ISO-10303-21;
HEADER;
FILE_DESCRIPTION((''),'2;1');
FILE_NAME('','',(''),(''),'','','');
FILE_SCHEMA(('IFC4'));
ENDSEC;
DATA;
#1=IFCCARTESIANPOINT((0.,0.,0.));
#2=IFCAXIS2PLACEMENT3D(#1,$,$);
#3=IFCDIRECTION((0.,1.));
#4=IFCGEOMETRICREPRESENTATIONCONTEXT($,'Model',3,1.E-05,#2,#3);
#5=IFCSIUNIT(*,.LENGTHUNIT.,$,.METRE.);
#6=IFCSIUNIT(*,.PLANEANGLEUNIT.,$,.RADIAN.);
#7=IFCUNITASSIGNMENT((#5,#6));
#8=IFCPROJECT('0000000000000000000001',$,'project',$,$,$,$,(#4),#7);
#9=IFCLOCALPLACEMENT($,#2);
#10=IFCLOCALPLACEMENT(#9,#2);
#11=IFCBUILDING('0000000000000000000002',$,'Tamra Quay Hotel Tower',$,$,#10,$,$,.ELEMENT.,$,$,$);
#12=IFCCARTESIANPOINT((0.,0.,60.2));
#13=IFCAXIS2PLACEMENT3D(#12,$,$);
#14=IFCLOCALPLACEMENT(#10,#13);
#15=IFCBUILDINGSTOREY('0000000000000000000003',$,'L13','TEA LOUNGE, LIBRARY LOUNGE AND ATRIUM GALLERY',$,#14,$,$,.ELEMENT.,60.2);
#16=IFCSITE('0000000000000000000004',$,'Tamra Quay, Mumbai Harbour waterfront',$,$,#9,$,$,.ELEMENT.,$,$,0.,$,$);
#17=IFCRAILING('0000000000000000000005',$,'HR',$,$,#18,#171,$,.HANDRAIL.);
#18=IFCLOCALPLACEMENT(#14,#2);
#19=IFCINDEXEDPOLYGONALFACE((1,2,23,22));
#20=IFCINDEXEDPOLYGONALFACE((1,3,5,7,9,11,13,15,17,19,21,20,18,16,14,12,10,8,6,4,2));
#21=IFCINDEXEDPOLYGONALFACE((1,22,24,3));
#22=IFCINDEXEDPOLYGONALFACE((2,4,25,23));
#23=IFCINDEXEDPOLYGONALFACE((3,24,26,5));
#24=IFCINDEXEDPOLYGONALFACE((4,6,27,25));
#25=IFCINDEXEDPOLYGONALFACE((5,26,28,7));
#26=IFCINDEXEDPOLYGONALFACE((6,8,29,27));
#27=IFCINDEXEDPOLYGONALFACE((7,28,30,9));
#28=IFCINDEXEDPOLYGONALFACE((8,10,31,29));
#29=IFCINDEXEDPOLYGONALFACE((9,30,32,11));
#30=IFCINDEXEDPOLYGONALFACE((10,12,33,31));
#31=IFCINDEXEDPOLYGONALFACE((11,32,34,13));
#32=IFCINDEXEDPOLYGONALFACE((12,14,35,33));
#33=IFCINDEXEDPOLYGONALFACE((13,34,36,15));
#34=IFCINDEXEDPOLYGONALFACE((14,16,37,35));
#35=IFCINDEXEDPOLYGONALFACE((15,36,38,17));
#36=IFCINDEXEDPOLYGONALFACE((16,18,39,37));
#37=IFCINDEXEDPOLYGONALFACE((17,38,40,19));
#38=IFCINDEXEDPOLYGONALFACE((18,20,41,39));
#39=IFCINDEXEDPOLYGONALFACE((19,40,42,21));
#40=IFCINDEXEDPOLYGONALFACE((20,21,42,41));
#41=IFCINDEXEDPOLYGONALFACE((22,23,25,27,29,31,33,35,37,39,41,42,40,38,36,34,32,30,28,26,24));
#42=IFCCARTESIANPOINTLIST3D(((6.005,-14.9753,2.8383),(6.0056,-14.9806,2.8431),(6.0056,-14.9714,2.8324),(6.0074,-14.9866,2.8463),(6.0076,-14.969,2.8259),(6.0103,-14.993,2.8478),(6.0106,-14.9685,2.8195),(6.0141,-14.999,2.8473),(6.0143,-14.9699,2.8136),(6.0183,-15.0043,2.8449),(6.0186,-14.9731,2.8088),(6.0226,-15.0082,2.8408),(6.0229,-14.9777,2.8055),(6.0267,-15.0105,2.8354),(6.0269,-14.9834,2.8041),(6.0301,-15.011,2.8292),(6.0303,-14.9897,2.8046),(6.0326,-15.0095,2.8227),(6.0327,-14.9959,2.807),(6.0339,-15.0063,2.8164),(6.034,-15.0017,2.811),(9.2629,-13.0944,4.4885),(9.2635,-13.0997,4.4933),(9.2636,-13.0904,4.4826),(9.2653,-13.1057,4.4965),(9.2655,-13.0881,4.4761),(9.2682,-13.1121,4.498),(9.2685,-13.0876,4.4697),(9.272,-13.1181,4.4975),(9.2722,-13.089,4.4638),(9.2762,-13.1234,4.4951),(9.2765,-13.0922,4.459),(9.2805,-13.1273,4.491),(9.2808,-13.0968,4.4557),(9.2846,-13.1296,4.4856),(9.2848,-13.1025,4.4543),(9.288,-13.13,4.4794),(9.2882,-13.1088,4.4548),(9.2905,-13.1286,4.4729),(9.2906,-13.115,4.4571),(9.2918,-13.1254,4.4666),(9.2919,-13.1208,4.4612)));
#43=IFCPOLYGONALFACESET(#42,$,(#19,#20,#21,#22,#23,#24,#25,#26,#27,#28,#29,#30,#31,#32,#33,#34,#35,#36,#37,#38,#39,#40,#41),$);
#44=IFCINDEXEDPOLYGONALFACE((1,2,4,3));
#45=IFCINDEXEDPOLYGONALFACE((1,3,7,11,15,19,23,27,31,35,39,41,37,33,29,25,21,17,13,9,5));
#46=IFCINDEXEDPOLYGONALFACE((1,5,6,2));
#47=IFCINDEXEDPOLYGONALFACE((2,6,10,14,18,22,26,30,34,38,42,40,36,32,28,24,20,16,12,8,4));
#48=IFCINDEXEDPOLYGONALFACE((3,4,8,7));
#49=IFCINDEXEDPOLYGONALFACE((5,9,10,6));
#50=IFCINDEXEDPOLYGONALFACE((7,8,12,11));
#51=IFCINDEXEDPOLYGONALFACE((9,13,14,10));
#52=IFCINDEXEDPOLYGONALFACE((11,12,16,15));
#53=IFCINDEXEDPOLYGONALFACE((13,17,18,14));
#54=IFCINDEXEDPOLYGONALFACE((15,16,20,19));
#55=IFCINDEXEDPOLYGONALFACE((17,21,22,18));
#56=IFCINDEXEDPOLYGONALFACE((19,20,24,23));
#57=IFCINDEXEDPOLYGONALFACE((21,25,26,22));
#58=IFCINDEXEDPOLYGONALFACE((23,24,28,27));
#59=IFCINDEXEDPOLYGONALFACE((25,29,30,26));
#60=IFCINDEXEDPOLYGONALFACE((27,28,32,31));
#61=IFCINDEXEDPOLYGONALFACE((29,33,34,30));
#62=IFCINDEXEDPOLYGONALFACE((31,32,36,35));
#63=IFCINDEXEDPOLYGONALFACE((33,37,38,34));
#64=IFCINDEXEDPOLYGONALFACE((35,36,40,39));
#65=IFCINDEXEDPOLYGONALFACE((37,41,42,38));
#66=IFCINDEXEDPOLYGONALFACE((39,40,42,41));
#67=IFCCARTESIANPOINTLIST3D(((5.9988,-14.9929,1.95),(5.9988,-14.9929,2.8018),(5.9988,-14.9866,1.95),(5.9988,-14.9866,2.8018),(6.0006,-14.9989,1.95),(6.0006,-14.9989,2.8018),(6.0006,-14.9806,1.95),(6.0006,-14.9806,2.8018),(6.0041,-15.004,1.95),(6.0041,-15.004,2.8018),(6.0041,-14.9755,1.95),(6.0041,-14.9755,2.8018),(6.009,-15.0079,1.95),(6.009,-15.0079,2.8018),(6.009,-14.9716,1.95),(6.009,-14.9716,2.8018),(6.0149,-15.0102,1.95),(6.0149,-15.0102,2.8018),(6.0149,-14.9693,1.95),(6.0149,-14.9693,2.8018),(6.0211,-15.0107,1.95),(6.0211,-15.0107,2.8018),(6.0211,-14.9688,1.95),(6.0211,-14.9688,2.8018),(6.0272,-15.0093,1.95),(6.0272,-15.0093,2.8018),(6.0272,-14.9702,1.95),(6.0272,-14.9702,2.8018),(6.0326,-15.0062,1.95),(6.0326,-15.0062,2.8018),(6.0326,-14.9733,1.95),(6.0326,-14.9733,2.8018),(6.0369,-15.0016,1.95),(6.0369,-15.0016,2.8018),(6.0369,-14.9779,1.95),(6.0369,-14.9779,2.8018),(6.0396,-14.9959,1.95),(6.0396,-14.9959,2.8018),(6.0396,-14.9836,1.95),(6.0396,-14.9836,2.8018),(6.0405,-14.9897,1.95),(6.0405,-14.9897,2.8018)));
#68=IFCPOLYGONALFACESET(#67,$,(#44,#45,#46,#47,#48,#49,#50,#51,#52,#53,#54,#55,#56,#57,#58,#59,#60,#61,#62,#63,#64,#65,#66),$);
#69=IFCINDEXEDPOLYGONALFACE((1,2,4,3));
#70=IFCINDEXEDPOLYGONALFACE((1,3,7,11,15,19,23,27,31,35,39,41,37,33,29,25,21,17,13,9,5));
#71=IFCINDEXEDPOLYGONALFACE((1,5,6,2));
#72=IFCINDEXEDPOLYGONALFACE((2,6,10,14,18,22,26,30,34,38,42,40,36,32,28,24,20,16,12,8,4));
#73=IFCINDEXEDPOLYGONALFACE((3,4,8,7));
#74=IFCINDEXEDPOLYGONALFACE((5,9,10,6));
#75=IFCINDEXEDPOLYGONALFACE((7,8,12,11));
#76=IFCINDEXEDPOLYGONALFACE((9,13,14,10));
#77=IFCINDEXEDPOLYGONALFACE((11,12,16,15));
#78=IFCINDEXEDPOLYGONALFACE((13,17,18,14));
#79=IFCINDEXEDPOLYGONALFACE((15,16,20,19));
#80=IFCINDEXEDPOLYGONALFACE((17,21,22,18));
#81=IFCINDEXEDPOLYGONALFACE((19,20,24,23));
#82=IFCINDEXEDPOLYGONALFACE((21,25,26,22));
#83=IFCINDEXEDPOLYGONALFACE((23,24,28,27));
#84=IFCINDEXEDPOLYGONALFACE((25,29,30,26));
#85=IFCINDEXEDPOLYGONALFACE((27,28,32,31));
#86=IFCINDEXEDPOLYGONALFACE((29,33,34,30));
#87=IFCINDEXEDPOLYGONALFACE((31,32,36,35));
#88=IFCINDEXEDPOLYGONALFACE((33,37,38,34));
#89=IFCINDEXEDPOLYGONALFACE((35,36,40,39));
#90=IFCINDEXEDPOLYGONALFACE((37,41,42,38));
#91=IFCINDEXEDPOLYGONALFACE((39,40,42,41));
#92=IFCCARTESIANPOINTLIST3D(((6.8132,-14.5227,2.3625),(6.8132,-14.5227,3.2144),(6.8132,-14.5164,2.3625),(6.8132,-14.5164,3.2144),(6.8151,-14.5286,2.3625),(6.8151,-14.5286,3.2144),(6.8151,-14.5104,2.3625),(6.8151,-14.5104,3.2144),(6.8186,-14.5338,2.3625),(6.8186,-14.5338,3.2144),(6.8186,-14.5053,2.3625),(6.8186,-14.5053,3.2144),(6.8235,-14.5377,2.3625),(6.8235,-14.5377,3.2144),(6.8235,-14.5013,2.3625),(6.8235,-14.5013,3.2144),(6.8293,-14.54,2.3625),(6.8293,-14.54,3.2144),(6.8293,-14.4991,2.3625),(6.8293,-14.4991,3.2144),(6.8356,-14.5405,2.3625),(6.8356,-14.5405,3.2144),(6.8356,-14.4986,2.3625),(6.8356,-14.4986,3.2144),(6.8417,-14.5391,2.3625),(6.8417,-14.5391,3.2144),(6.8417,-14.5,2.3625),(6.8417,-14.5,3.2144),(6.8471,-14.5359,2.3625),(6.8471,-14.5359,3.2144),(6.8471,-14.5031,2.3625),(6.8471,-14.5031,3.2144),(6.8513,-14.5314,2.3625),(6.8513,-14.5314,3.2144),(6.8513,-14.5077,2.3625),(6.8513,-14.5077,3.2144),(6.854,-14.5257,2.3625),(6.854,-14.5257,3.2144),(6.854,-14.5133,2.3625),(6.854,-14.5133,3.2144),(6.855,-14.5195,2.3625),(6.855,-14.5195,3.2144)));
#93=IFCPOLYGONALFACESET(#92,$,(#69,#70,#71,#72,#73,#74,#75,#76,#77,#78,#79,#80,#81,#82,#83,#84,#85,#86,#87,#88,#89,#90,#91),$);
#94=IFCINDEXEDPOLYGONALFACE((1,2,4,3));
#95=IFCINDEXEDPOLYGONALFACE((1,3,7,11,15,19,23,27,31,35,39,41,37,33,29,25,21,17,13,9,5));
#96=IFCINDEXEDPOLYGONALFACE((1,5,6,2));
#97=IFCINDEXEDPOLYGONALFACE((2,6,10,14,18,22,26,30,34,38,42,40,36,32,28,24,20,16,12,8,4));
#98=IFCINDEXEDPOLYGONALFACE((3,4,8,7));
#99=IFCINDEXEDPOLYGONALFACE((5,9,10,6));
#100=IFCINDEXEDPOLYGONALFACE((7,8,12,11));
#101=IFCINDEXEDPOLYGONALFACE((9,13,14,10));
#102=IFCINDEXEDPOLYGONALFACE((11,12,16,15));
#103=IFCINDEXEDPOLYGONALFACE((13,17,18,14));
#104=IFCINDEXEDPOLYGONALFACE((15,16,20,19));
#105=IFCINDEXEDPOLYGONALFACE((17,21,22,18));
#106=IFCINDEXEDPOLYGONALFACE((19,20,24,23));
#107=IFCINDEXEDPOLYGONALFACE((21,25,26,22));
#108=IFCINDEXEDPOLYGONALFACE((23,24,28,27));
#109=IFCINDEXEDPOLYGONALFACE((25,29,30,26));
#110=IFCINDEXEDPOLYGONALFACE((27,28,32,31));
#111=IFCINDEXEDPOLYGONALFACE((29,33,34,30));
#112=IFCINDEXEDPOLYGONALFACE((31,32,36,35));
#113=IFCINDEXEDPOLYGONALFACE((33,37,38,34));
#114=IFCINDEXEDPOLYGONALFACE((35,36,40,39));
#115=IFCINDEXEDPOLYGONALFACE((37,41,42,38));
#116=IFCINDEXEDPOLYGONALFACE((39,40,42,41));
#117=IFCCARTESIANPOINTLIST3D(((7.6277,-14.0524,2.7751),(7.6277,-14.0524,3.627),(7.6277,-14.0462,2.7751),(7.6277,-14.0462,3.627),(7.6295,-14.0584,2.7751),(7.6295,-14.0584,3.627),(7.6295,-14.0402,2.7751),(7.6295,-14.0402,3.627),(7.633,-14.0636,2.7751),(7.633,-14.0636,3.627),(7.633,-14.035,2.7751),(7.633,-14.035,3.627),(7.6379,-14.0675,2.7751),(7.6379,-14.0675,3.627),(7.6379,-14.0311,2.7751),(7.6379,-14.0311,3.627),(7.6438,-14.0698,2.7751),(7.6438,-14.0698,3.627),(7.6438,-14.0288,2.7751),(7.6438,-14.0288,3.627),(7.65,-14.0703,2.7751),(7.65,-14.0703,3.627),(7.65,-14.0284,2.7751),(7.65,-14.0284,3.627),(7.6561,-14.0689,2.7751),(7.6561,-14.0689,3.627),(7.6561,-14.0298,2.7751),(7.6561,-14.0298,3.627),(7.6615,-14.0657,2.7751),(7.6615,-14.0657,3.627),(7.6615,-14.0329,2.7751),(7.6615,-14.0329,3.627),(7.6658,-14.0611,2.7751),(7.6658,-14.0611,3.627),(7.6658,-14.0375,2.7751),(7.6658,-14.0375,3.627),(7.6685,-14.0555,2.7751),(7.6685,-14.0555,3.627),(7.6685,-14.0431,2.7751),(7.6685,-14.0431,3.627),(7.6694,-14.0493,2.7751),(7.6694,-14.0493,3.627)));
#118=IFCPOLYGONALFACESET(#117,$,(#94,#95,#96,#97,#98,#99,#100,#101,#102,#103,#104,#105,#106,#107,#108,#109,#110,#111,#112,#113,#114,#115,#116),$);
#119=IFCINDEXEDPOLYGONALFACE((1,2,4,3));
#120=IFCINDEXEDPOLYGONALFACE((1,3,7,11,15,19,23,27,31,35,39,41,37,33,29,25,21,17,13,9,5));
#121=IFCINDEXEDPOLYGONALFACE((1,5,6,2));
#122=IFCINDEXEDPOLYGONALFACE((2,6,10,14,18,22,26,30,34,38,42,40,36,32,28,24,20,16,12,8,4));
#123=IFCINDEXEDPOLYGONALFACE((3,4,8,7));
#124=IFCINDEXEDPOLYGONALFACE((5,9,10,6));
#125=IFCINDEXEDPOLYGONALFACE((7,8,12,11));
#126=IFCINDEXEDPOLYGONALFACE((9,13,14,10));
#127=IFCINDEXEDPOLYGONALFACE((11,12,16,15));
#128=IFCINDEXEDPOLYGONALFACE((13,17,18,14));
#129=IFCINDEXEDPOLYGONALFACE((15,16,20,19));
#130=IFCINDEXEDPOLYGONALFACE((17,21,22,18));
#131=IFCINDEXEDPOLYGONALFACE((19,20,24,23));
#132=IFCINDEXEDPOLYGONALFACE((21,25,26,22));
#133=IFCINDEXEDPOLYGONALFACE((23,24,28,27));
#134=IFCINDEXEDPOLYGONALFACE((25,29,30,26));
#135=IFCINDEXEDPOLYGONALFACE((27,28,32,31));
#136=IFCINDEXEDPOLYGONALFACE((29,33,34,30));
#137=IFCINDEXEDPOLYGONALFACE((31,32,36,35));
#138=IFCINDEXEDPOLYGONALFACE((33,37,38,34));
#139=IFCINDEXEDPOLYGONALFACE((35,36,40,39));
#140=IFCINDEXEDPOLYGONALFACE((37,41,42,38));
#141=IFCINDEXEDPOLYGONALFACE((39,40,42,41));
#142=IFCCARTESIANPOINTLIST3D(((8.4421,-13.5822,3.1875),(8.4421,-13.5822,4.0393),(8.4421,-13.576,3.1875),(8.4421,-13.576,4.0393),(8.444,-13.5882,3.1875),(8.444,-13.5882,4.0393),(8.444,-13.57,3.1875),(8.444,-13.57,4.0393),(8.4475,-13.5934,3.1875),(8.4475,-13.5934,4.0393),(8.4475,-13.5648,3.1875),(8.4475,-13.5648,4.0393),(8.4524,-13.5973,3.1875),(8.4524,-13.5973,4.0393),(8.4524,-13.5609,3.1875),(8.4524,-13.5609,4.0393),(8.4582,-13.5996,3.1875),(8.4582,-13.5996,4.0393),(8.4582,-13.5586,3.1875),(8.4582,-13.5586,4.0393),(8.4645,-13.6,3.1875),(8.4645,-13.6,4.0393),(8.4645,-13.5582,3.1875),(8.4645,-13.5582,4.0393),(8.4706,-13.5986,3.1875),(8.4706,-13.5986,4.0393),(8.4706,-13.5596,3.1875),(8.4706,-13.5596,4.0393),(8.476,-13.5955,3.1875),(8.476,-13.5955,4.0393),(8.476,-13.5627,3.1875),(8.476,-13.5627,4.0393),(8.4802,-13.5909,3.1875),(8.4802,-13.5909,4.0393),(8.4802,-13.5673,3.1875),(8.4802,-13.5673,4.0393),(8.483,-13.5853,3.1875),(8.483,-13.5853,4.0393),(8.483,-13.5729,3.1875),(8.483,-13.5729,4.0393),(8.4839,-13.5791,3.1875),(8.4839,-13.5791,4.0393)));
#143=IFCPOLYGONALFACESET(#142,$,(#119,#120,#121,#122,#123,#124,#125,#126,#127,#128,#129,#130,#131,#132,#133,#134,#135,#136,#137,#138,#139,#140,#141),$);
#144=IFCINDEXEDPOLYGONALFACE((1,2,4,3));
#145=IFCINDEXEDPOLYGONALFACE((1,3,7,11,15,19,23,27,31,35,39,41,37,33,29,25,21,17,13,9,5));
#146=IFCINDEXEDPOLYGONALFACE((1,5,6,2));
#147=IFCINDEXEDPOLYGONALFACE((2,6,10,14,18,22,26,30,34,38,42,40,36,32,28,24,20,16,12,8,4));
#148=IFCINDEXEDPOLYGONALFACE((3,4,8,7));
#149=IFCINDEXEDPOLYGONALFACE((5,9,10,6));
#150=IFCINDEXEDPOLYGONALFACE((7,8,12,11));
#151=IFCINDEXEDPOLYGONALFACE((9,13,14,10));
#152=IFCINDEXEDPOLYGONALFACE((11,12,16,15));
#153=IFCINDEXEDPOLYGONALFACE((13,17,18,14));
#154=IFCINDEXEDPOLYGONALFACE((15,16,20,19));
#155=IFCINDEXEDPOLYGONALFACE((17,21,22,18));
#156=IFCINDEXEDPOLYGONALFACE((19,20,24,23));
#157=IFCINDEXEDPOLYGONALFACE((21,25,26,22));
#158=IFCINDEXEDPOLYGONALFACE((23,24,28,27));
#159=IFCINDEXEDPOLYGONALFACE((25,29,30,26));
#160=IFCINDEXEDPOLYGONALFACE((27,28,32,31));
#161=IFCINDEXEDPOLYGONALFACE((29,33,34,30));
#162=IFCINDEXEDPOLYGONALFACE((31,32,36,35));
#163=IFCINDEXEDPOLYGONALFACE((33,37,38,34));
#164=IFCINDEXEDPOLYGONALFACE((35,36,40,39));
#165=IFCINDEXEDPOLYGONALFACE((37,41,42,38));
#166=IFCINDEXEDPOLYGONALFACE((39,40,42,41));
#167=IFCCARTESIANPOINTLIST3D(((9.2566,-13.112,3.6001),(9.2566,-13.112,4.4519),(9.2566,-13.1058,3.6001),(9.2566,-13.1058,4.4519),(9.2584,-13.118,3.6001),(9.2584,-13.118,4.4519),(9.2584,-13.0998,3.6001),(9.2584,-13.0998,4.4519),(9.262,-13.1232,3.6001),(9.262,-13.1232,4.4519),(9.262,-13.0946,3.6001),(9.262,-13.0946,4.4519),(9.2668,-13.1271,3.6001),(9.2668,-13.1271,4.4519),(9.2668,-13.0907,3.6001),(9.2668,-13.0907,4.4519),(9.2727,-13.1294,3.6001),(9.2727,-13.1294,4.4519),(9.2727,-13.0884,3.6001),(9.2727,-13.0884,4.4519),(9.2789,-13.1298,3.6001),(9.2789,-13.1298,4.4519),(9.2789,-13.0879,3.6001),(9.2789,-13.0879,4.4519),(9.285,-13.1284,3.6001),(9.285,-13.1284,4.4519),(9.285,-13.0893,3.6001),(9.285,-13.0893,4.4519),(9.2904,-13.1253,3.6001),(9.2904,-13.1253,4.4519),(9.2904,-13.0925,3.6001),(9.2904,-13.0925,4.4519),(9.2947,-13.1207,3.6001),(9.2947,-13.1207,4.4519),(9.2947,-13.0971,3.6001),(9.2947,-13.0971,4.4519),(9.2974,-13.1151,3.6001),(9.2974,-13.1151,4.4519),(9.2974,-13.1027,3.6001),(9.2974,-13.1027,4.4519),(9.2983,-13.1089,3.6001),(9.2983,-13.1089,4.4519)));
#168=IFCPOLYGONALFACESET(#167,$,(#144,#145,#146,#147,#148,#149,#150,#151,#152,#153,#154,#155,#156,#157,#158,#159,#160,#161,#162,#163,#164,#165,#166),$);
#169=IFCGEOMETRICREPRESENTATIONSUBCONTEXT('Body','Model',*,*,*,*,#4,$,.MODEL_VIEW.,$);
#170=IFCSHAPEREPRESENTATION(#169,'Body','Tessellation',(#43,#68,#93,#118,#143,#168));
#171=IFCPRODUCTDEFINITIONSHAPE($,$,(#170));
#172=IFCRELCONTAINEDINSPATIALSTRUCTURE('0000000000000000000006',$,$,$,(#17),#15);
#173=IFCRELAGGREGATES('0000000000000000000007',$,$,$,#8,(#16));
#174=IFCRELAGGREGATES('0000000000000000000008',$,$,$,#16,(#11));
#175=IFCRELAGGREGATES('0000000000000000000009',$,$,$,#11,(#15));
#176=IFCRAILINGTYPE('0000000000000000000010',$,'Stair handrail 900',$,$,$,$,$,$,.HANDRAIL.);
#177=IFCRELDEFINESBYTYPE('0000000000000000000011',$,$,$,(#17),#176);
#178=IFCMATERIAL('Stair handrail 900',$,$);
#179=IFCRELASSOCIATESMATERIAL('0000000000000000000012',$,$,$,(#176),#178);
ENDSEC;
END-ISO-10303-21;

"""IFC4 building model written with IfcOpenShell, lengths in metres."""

from ifc_helpers import new_model, si_unit, direction, frame, origin, origin_2d, place, context, subcontext, project, spatial, circle, extrude, material, type_object, element, save


model = new_model("IFC4")

# Units and contexts
model_context = context("Model", 3, precision=1e-05, world=origin(), true_north=direction((0.0, 1.0)))
body_context = subcontext(model_context, "Body", "Model", "MODEL_VIEW")
ifc_project = project(units=[si_unit("LENGTHUNIT", "METRE"), si_unit("PLANEANGLEUNIT", "RADIAN")], contexts=[model_context])

# Site, building, storey
site_placement = place(None, origin())
site = spatial("IfcSite", under=ifc_project, at=site_placement, Name="Tamra Quay, Mumbai Harbour waterfront", CompositionType="ELEMENT", RefElevation=0.0)
building_placement = place(site_placement, origin())
building = spatial("IfcBuilding", under=site, at=building_placement, Name="Tamra Quay Hotel Tower", CompositionType="ELEMENT")
storey_placement = place(building_placement, frame((0.0, 0.0, 60.2)))
storey = spatial("IfcBuildingStorey", under=building, at=storey_placement, Name="L13", Description="TEA LOUNGE, LIBRARY LOUNGE AND ATRIUM GALLERY", CompositionType="ELEMENT", Elevation=60.2)

# Railing
ifc_material_1 = material(Name="Stair handrail 900")
railing_type_1 = type_object("IfcRailingType", Name="Stair handrail 900", PredefinedType="HANDRAIL", material=ifc_material_1)
railing_1_placement = place(storey_placement, frame((6.0195, -14.9897, 1.95)))
element("IfcRailing", 1, at=railing_1_placement, inside=storey, type_object=railing_type_1, Name="HR", PredefinedType="HANDRAIL", context=body_context, shape_type="SweptSolid", body=[
    extrude(circle(Radius=0.0239, at=origin_2d()), frame((0.0, 0.0, 0.876), z_axis=(0.793081, 0.457876, 0.401711), x_axis=(-0.499992, 0.86603, 0.0)), (0.0, 0.0, 1.0), 4.1079),
    extrude(circle(Radius=0.021, at=origin_2d()), origin(), (0.0, 0.0, 1.0), 0.8518),
    extrude(circle(Radius=0.021, at=origin_2d()), frame((0.8145, 0.4702, 0.4126)), (0.0, 0.0, 1.0), 0.8518),
    extrude(circle(Radius=0.021, at=origin_2d()), frame((1.6289, 0.9404, 0.8252)), (0.0, 0.0, 1.0), 0.8518),
    extrude(circle(Radius=0.021, at=origin_2d()), frame((2.4434, 1.4106, 1.2375)), (0.0, 0.0, 1.0), 0.8518),
    extrude(circle(Radius=0.021, at=origin_2d()), frame((3.2578, 1.8809, 1.6501)), (0.0, 0.0, 1.0), 0.8518),
])

save(model, "model.ifc")
